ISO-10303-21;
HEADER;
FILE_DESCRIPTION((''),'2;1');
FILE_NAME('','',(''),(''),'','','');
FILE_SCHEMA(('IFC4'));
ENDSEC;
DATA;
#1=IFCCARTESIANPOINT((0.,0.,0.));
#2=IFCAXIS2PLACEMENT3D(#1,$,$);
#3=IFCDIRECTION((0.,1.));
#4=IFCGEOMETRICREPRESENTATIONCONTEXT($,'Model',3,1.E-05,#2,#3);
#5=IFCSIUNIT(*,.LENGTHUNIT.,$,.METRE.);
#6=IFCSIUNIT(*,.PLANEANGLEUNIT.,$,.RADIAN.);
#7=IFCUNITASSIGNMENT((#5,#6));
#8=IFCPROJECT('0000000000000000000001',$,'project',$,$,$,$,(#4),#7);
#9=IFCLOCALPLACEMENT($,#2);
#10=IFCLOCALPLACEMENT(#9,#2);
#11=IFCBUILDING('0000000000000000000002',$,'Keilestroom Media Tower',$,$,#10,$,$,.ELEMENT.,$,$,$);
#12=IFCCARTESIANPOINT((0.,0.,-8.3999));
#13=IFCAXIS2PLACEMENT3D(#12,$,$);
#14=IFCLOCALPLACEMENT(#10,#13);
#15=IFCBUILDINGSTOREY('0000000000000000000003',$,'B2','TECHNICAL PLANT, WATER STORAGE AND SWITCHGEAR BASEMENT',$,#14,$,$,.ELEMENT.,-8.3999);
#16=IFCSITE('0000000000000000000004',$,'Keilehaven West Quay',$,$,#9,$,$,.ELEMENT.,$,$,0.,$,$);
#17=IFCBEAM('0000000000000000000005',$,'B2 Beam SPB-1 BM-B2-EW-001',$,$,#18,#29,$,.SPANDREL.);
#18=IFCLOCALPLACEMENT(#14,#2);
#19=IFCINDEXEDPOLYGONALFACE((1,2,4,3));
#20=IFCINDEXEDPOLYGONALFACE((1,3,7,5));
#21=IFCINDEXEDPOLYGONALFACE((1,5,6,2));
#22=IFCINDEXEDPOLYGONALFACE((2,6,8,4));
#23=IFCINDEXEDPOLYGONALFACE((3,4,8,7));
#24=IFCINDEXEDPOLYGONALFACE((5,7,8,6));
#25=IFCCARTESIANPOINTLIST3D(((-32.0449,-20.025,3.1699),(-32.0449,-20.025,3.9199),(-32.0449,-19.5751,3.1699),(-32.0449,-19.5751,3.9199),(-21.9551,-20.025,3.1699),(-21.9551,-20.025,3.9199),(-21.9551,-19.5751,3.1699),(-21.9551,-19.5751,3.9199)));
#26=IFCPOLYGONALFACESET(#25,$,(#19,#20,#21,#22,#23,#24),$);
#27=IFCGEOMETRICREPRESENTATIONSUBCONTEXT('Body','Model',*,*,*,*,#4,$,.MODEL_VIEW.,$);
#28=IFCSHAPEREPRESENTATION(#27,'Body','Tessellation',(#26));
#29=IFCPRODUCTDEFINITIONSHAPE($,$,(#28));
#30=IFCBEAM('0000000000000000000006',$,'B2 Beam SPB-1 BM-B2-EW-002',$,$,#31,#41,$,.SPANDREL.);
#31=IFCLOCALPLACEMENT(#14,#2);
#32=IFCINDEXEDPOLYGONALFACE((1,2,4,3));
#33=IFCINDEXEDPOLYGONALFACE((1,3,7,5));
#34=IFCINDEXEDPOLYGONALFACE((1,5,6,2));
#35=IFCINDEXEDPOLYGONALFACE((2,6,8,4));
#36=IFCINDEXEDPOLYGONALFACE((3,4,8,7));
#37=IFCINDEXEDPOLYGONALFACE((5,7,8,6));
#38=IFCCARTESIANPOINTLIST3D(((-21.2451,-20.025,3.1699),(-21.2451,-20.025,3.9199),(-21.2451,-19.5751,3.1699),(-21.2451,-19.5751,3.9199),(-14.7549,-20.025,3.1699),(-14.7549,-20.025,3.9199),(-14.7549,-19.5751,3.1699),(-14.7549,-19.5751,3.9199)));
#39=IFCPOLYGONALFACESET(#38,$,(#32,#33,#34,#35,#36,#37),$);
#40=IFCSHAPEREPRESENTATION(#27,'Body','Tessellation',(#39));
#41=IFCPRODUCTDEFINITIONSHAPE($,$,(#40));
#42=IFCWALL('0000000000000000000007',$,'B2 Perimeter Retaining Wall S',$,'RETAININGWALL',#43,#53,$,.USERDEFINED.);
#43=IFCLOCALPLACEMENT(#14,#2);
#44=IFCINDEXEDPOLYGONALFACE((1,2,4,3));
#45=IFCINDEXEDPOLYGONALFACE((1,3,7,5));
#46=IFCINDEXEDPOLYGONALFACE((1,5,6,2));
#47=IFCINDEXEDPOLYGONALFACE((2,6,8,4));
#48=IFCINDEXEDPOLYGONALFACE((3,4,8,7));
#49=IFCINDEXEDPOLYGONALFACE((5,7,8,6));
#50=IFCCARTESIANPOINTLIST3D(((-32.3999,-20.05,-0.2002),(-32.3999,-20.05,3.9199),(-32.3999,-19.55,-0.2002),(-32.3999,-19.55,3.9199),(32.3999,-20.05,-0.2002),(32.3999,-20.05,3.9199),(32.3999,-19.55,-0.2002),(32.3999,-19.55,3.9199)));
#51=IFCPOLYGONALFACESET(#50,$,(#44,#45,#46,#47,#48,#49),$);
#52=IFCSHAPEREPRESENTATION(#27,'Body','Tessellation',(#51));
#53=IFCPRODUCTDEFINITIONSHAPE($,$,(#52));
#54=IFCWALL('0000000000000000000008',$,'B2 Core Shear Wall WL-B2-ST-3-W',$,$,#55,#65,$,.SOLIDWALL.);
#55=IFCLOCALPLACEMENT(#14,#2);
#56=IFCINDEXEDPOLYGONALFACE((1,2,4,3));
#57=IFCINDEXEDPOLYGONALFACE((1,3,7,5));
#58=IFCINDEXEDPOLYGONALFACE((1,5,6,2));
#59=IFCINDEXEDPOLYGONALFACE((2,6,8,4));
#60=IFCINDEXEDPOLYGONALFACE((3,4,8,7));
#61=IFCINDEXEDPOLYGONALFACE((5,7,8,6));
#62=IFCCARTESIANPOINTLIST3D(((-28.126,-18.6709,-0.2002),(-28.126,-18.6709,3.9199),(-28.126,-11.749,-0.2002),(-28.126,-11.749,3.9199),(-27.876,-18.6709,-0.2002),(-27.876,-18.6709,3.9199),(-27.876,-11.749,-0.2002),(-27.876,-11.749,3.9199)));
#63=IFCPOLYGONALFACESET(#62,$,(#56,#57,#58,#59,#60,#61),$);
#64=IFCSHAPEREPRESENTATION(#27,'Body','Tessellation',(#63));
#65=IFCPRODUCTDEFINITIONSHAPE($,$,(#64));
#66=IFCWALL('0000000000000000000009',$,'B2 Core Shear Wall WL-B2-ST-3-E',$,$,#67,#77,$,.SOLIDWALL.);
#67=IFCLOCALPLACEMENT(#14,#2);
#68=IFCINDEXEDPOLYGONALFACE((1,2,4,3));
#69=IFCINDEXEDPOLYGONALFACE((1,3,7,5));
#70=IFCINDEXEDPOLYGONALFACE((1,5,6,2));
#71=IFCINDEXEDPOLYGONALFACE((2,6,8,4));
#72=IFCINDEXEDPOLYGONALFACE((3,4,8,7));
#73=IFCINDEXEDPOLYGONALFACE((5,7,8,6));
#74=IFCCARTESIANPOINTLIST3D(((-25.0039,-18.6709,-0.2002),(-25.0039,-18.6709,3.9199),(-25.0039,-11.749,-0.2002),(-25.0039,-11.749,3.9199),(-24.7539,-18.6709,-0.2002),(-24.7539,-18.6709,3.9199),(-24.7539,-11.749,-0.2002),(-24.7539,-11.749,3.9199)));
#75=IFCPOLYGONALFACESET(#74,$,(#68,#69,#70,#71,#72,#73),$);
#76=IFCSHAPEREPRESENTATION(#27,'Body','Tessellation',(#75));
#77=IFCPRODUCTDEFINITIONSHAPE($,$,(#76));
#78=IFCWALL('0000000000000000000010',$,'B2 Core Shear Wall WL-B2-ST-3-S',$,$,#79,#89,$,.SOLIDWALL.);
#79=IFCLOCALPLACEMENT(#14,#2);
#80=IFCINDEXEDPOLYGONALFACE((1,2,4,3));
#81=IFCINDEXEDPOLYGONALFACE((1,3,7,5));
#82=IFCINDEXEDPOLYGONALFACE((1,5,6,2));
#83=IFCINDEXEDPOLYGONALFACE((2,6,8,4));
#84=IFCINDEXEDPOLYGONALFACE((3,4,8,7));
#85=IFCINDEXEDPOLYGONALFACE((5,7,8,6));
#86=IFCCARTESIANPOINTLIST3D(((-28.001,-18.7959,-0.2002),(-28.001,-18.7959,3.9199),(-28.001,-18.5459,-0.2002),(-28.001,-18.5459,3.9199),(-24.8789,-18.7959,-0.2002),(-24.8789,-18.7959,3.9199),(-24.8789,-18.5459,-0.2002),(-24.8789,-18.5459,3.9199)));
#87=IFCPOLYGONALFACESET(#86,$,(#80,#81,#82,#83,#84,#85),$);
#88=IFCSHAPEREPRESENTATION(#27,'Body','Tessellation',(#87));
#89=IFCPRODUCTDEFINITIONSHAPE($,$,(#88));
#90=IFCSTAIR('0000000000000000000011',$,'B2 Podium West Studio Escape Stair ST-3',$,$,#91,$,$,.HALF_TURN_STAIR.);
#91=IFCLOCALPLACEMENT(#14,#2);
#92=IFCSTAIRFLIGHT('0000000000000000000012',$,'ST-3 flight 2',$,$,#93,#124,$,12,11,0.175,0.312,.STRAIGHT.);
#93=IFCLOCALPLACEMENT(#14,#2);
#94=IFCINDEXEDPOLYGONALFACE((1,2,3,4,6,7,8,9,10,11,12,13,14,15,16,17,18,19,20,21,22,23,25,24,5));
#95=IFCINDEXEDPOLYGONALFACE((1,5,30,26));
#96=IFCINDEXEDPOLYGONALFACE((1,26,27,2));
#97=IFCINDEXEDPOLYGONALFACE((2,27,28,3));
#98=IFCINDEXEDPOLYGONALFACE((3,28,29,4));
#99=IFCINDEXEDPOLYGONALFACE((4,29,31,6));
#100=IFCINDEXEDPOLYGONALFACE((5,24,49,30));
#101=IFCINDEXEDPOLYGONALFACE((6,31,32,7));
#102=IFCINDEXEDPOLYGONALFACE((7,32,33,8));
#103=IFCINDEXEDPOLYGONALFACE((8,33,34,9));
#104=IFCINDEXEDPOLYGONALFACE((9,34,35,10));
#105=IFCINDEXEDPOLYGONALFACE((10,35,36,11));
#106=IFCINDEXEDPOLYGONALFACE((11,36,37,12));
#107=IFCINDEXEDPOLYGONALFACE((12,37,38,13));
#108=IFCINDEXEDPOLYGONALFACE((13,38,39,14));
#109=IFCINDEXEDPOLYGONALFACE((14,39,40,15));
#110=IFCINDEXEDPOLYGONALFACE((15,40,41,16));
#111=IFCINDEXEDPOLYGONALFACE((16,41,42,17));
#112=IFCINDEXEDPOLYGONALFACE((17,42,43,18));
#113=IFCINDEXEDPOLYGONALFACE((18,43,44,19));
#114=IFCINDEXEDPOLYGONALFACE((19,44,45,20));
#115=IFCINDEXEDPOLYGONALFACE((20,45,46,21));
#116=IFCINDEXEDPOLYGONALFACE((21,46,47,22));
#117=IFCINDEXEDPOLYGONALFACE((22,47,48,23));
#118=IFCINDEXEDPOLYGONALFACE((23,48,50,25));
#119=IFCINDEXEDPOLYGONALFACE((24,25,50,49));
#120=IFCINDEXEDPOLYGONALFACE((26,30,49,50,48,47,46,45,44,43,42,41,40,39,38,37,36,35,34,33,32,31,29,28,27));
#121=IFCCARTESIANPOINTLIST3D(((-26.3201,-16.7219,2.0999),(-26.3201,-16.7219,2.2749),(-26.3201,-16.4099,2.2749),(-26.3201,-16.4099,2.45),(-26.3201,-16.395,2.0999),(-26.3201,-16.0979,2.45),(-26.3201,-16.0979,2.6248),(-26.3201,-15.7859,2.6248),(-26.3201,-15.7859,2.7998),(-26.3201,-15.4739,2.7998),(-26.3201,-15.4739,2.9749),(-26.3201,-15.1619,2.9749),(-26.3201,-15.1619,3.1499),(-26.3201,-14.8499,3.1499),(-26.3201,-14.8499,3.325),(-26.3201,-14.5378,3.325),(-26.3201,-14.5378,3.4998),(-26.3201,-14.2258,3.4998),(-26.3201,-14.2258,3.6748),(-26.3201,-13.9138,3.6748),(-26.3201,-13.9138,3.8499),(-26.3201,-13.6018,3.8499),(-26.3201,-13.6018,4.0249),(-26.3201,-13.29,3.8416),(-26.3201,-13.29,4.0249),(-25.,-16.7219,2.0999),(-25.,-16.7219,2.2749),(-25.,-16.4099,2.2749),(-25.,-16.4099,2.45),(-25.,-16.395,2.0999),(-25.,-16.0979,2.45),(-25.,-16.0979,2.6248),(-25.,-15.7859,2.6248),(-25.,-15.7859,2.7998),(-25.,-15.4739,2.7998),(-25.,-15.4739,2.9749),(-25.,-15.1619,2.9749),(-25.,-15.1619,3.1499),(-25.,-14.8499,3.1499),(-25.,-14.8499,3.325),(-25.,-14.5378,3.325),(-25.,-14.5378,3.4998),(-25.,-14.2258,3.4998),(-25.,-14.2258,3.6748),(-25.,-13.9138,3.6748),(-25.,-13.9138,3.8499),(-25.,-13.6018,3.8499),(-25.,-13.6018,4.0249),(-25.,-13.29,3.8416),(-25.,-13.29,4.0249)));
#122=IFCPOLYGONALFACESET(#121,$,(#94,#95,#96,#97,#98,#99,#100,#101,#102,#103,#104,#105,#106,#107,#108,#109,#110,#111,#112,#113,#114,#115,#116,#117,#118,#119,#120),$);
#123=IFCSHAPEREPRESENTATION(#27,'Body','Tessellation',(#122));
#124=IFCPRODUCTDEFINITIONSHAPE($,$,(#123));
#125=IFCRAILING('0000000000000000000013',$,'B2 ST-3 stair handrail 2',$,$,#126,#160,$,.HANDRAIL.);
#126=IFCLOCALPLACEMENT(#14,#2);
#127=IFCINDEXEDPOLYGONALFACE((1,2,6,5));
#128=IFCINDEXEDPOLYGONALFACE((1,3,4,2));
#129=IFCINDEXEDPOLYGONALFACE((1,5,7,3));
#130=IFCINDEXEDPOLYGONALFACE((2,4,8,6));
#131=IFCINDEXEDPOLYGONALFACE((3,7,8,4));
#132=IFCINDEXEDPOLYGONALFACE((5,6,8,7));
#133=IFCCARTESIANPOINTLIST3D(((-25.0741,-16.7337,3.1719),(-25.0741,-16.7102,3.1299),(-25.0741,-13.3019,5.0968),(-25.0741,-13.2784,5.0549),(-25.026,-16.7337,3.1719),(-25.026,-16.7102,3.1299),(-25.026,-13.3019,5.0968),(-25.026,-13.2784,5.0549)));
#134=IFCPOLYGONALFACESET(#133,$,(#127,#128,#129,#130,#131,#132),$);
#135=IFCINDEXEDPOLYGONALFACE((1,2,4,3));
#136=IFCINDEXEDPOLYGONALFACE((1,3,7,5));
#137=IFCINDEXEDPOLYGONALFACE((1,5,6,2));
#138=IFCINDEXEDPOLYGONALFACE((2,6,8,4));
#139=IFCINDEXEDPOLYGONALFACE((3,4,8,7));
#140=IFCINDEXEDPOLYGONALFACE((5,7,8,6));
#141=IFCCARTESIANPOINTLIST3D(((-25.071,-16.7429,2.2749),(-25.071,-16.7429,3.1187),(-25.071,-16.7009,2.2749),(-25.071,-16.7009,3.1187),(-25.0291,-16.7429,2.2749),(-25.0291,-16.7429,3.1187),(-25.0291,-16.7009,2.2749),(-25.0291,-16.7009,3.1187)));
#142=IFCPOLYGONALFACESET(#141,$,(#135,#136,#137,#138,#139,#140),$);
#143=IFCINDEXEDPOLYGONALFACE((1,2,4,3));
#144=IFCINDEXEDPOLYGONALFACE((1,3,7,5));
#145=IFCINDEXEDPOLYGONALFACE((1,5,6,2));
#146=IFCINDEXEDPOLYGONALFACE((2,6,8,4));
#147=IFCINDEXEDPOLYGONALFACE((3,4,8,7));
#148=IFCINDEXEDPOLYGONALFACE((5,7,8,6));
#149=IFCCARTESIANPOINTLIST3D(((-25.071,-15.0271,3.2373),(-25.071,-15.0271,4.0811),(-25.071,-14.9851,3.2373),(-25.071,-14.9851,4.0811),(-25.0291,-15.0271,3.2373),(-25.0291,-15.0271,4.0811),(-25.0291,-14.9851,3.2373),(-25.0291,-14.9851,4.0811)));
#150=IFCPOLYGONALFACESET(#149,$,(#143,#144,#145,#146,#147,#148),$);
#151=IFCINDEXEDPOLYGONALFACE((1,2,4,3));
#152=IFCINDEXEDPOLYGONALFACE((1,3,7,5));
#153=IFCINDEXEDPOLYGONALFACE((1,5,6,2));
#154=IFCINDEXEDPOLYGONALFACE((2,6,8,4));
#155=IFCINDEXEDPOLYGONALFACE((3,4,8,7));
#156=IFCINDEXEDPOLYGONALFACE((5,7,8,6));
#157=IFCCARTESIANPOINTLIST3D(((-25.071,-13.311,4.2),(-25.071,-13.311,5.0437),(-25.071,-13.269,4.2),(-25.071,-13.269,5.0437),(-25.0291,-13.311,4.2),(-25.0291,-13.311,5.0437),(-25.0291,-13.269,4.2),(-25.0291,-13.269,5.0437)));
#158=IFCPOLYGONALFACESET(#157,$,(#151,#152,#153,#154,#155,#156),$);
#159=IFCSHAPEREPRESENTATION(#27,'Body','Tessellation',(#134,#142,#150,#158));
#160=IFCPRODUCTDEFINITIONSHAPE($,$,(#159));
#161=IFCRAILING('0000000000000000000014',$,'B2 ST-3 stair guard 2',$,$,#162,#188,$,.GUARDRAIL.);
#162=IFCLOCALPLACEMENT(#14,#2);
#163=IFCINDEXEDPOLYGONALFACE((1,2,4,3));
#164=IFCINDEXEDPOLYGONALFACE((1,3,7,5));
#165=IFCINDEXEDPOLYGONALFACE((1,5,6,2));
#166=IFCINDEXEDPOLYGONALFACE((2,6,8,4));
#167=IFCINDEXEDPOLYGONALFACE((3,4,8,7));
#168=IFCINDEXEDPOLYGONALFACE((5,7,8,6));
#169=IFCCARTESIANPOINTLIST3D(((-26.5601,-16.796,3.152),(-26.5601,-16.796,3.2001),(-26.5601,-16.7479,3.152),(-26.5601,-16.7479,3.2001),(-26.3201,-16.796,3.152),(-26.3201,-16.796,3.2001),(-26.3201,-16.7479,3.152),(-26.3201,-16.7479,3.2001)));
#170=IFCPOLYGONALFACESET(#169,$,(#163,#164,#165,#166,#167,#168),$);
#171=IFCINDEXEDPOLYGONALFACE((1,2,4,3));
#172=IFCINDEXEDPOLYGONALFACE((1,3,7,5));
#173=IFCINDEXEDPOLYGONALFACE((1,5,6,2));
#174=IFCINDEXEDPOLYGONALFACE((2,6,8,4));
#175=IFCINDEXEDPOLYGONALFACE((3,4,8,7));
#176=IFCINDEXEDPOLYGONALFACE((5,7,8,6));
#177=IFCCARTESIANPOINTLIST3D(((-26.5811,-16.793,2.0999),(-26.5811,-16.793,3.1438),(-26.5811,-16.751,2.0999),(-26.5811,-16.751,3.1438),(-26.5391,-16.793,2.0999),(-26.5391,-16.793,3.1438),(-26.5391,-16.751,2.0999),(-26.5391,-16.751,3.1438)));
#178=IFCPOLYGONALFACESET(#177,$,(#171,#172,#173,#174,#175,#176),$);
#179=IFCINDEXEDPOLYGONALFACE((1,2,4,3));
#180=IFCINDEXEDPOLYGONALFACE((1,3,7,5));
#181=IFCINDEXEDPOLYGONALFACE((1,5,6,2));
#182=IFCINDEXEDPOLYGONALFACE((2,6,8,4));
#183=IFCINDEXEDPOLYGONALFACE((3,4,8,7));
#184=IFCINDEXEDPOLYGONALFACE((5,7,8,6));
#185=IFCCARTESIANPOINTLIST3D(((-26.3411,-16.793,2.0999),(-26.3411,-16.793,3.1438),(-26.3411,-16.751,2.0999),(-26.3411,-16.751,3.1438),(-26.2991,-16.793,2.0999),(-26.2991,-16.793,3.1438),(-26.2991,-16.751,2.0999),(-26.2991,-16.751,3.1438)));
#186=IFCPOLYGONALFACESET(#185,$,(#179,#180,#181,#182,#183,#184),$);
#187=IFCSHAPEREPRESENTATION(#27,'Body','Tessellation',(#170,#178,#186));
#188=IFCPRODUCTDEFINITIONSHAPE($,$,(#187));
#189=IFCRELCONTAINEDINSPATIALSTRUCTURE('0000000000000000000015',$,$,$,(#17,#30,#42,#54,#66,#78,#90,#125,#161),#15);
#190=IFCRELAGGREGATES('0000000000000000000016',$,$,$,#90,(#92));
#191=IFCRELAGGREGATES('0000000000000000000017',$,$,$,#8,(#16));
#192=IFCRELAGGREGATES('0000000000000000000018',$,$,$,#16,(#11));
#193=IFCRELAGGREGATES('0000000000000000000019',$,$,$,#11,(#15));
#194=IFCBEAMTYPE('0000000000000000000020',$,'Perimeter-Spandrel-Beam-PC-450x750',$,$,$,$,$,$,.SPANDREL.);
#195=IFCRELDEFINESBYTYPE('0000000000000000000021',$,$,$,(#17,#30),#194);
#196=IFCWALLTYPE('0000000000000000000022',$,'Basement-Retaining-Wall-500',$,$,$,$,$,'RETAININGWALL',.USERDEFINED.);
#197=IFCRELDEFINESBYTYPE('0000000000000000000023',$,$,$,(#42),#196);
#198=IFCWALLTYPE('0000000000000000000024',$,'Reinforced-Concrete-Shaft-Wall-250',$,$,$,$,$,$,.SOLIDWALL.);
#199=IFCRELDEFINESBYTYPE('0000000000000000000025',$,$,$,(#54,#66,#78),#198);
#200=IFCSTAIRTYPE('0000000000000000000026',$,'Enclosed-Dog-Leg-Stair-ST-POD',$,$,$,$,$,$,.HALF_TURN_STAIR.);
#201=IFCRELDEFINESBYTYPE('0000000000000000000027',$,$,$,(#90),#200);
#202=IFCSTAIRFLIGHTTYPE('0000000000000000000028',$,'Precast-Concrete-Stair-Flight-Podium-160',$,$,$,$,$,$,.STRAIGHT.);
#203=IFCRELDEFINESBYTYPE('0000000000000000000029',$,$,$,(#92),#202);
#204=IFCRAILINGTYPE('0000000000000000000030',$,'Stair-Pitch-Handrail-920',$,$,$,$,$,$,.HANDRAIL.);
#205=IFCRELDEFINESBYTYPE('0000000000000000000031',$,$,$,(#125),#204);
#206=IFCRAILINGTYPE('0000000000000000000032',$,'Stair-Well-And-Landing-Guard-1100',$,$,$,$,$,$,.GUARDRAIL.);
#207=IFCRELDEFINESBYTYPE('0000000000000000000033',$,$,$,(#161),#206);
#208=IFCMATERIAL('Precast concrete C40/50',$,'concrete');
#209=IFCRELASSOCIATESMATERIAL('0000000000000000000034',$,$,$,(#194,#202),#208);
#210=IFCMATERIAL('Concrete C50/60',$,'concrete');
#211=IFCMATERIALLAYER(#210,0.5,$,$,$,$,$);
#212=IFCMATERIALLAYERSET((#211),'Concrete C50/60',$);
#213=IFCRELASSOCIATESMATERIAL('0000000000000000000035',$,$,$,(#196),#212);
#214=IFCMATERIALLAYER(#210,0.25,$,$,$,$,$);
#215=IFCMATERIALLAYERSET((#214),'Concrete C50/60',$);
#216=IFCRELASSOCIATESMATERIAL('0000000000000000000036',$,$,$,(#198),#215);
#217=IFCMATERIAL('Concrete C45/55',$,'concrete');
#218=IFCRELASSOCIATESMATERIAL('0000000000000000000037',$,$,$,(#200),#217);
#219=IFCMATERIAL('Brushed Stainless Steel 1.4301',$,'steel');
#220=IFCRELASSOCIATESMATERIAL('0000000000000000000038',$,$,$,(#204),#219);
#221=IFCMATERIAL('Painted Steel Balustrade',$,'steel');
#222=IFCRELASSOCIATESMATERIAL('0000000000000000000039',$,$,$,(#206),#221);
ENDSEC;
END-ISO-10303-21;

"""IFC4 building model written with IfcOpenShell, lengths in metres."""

from ifc_helpers import new_model, si_unit, direction, frame, frame_2d, origin, origin_2d, place, context, subcontext, project, spatial, polyline, rectangle, outline, extrude, source, transform, mapped, material, layer, layer_set, material_profile, profile_set, type_object, element, aggregate, save


model = new_model("IFC4")

# Units and contexts
model_context = context("Model", 3, precision=1e-05, world=origin(), true_north=direction((0.0, 1.0)))
body_context = subcontext(model_context, "Body", "Model", "MODEL_VIEW")
ifc_project = project(units=[si_unit("LENGTHUNIT", "METRE"), si_unit("PLANEANGLEUNIT", "RADIAN")], contexts=[model_context])

# Site, building, storey
site_placement = place(None, origin())
site = spatial("IfcSite", under=ifc_project, at=site_placement, Name="Keilehaven West Quay", CompositionType="ELEMENT", RefElevation=0.0)
building_placement = place(site_placement, origin())
building = spatial("IfcBuilding", under=site, at=building_placement, Name="Keilestroom Media Tower", CompositionType="ELEMENT")
storey_placement = place(building_placement, frame((0.0, 0.0, -8.3999)))
storey = spatial("IfcBuildingStorey", under=building, at=storey_placement, Name="B2", Description="TECHNICAL PLANT, WATER STORAGE AND SWITCHGEAR BASEMENT", CompositionType="ELEMENT", Elevation=-8.3999)

# Shared definitions
ifc_material_1 = material(Name="Concrete C45/55", Category="concrete")

# Shared definitions
ifc_material_2 = material(Name="Precast concrete C40/50", Category="concrete")

# Beams
ifc_material_profile_1 = material_profile(ifc_material_2, rectangle(XDim=0.45, YDim=0.75, at=origin_2d()), Name="PC 450x750")
ifc_profile_set_1 = profile_set([ifc_material_profile_1], Name="Precast concrete C40/50")
beam_type_1 = type_object("IfcBeamType", Name="Perimeter-Spandrel-Beam-PC-450x750", PredefinedType="SPANDREL", material=ifc_profile_set_1)
shared_shape_1 = source(origin(), body_context, "Body", "SweptSolid", [
    extrude(rectangle(XDim=0.45, YDim=0.75, at=origin_2d()), origin(), (0.0, 0.0, 1.0), 10.0898),
])
beam_1_placement = place(storey_placement, frame((-32.0449, -19.8, 3.5449), z_axis=(1.0, 0.0, 0.0), x_axis=(0.0, 1.0, 0.0)))
element("IfcBeam", 1, at=beam_1_placement, inside=storey, type_object=beam_type_1, Name="B2 Beam SPB-1 BM-B2-EW-001", PredefinedType="SPANDREL", context=body_context, shape_type="MappedRepresentation", body=[
    mapped(shared_shape_1, transform((0.0, 0.0, 0.0), x_axis=(1.0, 0.0, 0.0), y_axis=(0.0, 1.0, 0.0), z_axis=(0.0, 0.0, 1.0), scale=1.0)),
])
shared_shape_2 = source(origin(), body_context, "Body", "SweptSolid", [
    extrude(rectangle(XDim=0.45, YDim=0.75, at=origin_2d()), origin(), (0.0, 0.0, 1.0), 6.4902),
])
beam_2_placement = place(storey_placement, frame((-21.2451, -19.8, 3.5449), z_axis=(1.0, 0.0, 0.0), x_axis=(0.0, 1.0, 0.0)))
element("IfcBeam", 2, at=beam_2_placement, inside=storey, type_object=beam_type_1, Name="B2 Beam SPB-1 BM-B2-EW-002", PredefinedType="SPANDREL", context=body_context, shape_type="MappedRepresentation", body=[
    mapped(shared_shape_2, transform((0.0, 0.0, 0.0), x_axis=(1.0, 0.0, 0.0), y_axis=(0.0, 1.0, 0.0), z_axis=(0.0, 0.0, 1.0), scale=1.0)),
])

# Walls
ifc_material_3 = material(Name="Concrete C50/60", Category="concrete")
ifc_layer_1 = layer(ifc_material_3, 0.5)
ifc_layer_set_1 = layer_set([ifc_layer_1], Name="Concrete C50/60")
wall_type_1 = type_object("IfcWallType", Name="Basement-Retaining-Wall-500", ElementType="RETAININGWALL", PredefinedType="USERDEFINED", material=ifc_layer_set_1)
wall_1_placement = place(storey_placement, frame((-32.3999, -19.8, -0.2002), z_axis=(0.0, 0.0, 1.0), x_axis=(1.0, 0.0, 0.0)))
element("IfcWall", 3, at=wall_1_placement, inside=storey, type_object=wall_type_1, Name="B2 Perimeter Retaining Wall S", ObjectType="RETAININGWALL", PredefinedType="USERDEFINED", context=body_context, shape_type="SweptSolid", body=[
    extrude(rectangle(XDim=64.7998, YDim=0.5, at=frame_2d((32.3999, 0.0))), origin(), (0.0, 0.0, 1.0), 4.1201),
])
ifc_layer_2 = layer(ifc_material_3, 0.25)
ifc_layer_set_2 = layer_set([ifc_layer_2], Name="Concrete C50/60")
wall_type_2 = type_object("IfcWallType", Name="Reinforced-Concrete-Shaft-Wall-250", PredefinedType="SOLIDWALL", material=ifc_layer_set_2)
for number, where, z_axis, x_axis, name in (
    (4, (-28.001, -18.6709, -0.2002), (0.0, 0.0, 1.0), (0.0, 1.0, 0.0), "B2 Core Shear Wall WL-B2-ST-3-W"),
    (5, (-24.8789, -18.6709, -0.2002), (0.0, 0.0, 1.0), (0.0, 1.0, 0.0), "B2 Core Shear Wall WL-B2-ST-3-E"),
):
    element("IfcWall", number, at=place(storey_placement, frame(where, z_axis=z_axis, x_axis=x_axis)), inside=storey, type_object=wall_type_2, Name=name, PredefinedType="SOLIDWALL", context=body_context, shape_type="SweptSolid", body=[
        extrude(rectangle(XDim=6.9219, YDim=0.25, at=frame_2d((3.4609, 0.0))), origin(), (0.0, 0.0, 1.0), 4.1201),
    ])
wall_2_placement = place(storey_placement, frame((-28.001, -18.6709, -0.2002), z_axis=(0.0, 0.0, 1.0), x_axis=(1.0, 0.0, 0.0)))
element("IfcWall", 6, at=wall_2_placement, inside=storey, type_object=wall_type_2, Name="B2 Core Shear Wall WL-B2-ST-3-S", PredefinedType="SOLIDWALL", context=body_context, shape_type="SweptSolid", body=[
    extrude(rectangle(XDim=3.1221, YDim=0.25, at=frame_2d((1.561, 0.0))), origin(), (0.0, 0.0, 1.0), 4.1201),
])

# Stair, stair flight
stair_type = type_object("IfcStairType", Name="Enclosed-Dog-Leg-Stair-ST-POD", PredefinedType="HALF_TURN_STAIR", material=ifc_material_1)
stair_placement = place(storey_placement, origin())
stair = element("IfcStair", 7, at=stair_placement, inside=storey, type_object=stair_type, Name="B2 Podium West Studio Escape Stair ST-3", PredefinedType="HALF_TURN_STAIR")
stair_flight_type = type_object("IfcStairFlightType", Name="Precast-Concrete-Stair-Flight-Podium-160", PredefinedType="STRAIGHT", material=ifc_material_2)
stair_flight_placement = place(storey_placement, frame((-25.6599, -16.7219, 2.0999), z_axis=(0.0, 0.0, 1.0), x_axis=(0.0, 1.0, 0.0)))
stair_flight = element("IfcStairFlight", 8, at=stair_flight_placement, type_object=stair_flight_type, Name="ST-3 flight 2", NumberOfRisers=12, NumberOfTreads=11, PredefinedType="STRAIGHT", RiserHeight=0.175, TreadLength=0.312, context=body_context, shape_type="SweptSolid", body=[
    extrude(outline(polyline([(0.0, 0.0), (0.0, 0.175), (0.312, 0.175), (0.312, 0.3501), (0.624, 0.3501), (0.624, 0.5249), (0.936, 0.5249), (0.936, 0.7), (1.248, 0.7), (1.248, 0.875), (1.5601, 0.875), (1.5601, 1.05), (1.8721, 1.05), (1.8721, 1.2251), (2.1841, 1.2251), (2.1841, 1.3999), (2.4961, 1.3999), (2.4961, 1.575), (2.8081, 1.575), (2.8081, 1.75), (3.1201, 1.75), (3.1201, 1.925), (3.4319, 1.925), (3.4319, 2.1001), (3.4319, 1.7417), (0.3269, 0.0), (0.0, 0.0)])), frame((0.0, 0.6602, 0.0), z_axis=(0.0, -1.0, 0.0), x_axis=(1.0, 0.0, 0.0)), (0.0, 0.0, 1.0), 1.3201),
])
aggregate(stair, [stair_flight])

# Railings
ifc_material_4 = material(Name="Brushed Stainless Steel 1.4301", Category="steel")
railing_type_1 = type_object("IfcRailingType", Name="Stair-Pitch-Handrail-920", PredefinedType="HANDRAIL", material=ifc_material_4)
railing_1_placement = place(storey_placement, frame((-25.05, -16.7219, 2.2749)))
element("IfcRailing", 9, at=railing_1_placement, inside=storey, type_object=railing_type_1, Name="B2 ST-3 stair handrail 2", PredefinedType="HANDRAIL", context=body_context, shape_type="SweptSolid", body=[
    extrude(rectangle(XDim=0.0481, YDim=0.0481, at=origin_2d()), frame((0.0, 0.0, 0.876), z_axis=(0.0, 0.87216, 0.489221), x_axis=(-1.0, 0.0, 0.0)), (0.0, 0.0, 1.0), 3.9348),
    extrude(rectangle(XDim=0.042, YDim=0.042, at=origin_2d()), origin(), (0.0, 0.0, 1.0), 0.8438),
    extrude(rectangle(XDim=0.042, YDim=0.042, at=origin_2d()), frame((0.0, 1.7158, 0.9624)), (0.0, 0.0, 1.0), 0.8438),
    extrude(rectangle(XDim=0.042, YDim=0.042, at=origin_2d()), frame((0.0, 3.4319, 1.925)), (0.0, 0.0, 1.0), 0.8438),
])
ifc_material_5 = material(Name="Painted Steel Balustrade", Category="steel")
railing_type_2 = type_object("IfcRailingType", Name="Stair-Well-And-Landing-Guard-1100", PredefinedType="GUARDRAIL", material=ifc_material_5)
railing_2_placement = place(storey_placement, frame((-26.5601, -16.772, 2.0999)))
element("IfcRailing", 10, at=railing_2_placement, inside=storey, type_object=railing_type_2, Name="B2 ST-3 stair guard 2", PredefinedType="GUARDRAIL", context=body_context, shape_type="SweptSolid", body=[
    extrude(rectangle(XDim=0.0481, YDim=0.0481, at=origin_2d()), frame((0.0, 0.0, 1.0762), z_axis=(1.0, 0.0, 0.0), x_axis=(0.0, 1.0, 0.0)), (0.0, 0.0, 1.0), 0.24),
    extrude(rectangle(XDim=0.042, YDim=0.042, at=origin_2d()), origin(), (0.0, 0.0, 1.0), 1.0439),
    extrude(rectangle(XDim=0.042, YDim=0.042, at=origin_2d()), frame((0.24, 0.0, 0.0)), (0.0, 0.0, 1.0), 1.0439),
])

save(model, "model.ifc")
